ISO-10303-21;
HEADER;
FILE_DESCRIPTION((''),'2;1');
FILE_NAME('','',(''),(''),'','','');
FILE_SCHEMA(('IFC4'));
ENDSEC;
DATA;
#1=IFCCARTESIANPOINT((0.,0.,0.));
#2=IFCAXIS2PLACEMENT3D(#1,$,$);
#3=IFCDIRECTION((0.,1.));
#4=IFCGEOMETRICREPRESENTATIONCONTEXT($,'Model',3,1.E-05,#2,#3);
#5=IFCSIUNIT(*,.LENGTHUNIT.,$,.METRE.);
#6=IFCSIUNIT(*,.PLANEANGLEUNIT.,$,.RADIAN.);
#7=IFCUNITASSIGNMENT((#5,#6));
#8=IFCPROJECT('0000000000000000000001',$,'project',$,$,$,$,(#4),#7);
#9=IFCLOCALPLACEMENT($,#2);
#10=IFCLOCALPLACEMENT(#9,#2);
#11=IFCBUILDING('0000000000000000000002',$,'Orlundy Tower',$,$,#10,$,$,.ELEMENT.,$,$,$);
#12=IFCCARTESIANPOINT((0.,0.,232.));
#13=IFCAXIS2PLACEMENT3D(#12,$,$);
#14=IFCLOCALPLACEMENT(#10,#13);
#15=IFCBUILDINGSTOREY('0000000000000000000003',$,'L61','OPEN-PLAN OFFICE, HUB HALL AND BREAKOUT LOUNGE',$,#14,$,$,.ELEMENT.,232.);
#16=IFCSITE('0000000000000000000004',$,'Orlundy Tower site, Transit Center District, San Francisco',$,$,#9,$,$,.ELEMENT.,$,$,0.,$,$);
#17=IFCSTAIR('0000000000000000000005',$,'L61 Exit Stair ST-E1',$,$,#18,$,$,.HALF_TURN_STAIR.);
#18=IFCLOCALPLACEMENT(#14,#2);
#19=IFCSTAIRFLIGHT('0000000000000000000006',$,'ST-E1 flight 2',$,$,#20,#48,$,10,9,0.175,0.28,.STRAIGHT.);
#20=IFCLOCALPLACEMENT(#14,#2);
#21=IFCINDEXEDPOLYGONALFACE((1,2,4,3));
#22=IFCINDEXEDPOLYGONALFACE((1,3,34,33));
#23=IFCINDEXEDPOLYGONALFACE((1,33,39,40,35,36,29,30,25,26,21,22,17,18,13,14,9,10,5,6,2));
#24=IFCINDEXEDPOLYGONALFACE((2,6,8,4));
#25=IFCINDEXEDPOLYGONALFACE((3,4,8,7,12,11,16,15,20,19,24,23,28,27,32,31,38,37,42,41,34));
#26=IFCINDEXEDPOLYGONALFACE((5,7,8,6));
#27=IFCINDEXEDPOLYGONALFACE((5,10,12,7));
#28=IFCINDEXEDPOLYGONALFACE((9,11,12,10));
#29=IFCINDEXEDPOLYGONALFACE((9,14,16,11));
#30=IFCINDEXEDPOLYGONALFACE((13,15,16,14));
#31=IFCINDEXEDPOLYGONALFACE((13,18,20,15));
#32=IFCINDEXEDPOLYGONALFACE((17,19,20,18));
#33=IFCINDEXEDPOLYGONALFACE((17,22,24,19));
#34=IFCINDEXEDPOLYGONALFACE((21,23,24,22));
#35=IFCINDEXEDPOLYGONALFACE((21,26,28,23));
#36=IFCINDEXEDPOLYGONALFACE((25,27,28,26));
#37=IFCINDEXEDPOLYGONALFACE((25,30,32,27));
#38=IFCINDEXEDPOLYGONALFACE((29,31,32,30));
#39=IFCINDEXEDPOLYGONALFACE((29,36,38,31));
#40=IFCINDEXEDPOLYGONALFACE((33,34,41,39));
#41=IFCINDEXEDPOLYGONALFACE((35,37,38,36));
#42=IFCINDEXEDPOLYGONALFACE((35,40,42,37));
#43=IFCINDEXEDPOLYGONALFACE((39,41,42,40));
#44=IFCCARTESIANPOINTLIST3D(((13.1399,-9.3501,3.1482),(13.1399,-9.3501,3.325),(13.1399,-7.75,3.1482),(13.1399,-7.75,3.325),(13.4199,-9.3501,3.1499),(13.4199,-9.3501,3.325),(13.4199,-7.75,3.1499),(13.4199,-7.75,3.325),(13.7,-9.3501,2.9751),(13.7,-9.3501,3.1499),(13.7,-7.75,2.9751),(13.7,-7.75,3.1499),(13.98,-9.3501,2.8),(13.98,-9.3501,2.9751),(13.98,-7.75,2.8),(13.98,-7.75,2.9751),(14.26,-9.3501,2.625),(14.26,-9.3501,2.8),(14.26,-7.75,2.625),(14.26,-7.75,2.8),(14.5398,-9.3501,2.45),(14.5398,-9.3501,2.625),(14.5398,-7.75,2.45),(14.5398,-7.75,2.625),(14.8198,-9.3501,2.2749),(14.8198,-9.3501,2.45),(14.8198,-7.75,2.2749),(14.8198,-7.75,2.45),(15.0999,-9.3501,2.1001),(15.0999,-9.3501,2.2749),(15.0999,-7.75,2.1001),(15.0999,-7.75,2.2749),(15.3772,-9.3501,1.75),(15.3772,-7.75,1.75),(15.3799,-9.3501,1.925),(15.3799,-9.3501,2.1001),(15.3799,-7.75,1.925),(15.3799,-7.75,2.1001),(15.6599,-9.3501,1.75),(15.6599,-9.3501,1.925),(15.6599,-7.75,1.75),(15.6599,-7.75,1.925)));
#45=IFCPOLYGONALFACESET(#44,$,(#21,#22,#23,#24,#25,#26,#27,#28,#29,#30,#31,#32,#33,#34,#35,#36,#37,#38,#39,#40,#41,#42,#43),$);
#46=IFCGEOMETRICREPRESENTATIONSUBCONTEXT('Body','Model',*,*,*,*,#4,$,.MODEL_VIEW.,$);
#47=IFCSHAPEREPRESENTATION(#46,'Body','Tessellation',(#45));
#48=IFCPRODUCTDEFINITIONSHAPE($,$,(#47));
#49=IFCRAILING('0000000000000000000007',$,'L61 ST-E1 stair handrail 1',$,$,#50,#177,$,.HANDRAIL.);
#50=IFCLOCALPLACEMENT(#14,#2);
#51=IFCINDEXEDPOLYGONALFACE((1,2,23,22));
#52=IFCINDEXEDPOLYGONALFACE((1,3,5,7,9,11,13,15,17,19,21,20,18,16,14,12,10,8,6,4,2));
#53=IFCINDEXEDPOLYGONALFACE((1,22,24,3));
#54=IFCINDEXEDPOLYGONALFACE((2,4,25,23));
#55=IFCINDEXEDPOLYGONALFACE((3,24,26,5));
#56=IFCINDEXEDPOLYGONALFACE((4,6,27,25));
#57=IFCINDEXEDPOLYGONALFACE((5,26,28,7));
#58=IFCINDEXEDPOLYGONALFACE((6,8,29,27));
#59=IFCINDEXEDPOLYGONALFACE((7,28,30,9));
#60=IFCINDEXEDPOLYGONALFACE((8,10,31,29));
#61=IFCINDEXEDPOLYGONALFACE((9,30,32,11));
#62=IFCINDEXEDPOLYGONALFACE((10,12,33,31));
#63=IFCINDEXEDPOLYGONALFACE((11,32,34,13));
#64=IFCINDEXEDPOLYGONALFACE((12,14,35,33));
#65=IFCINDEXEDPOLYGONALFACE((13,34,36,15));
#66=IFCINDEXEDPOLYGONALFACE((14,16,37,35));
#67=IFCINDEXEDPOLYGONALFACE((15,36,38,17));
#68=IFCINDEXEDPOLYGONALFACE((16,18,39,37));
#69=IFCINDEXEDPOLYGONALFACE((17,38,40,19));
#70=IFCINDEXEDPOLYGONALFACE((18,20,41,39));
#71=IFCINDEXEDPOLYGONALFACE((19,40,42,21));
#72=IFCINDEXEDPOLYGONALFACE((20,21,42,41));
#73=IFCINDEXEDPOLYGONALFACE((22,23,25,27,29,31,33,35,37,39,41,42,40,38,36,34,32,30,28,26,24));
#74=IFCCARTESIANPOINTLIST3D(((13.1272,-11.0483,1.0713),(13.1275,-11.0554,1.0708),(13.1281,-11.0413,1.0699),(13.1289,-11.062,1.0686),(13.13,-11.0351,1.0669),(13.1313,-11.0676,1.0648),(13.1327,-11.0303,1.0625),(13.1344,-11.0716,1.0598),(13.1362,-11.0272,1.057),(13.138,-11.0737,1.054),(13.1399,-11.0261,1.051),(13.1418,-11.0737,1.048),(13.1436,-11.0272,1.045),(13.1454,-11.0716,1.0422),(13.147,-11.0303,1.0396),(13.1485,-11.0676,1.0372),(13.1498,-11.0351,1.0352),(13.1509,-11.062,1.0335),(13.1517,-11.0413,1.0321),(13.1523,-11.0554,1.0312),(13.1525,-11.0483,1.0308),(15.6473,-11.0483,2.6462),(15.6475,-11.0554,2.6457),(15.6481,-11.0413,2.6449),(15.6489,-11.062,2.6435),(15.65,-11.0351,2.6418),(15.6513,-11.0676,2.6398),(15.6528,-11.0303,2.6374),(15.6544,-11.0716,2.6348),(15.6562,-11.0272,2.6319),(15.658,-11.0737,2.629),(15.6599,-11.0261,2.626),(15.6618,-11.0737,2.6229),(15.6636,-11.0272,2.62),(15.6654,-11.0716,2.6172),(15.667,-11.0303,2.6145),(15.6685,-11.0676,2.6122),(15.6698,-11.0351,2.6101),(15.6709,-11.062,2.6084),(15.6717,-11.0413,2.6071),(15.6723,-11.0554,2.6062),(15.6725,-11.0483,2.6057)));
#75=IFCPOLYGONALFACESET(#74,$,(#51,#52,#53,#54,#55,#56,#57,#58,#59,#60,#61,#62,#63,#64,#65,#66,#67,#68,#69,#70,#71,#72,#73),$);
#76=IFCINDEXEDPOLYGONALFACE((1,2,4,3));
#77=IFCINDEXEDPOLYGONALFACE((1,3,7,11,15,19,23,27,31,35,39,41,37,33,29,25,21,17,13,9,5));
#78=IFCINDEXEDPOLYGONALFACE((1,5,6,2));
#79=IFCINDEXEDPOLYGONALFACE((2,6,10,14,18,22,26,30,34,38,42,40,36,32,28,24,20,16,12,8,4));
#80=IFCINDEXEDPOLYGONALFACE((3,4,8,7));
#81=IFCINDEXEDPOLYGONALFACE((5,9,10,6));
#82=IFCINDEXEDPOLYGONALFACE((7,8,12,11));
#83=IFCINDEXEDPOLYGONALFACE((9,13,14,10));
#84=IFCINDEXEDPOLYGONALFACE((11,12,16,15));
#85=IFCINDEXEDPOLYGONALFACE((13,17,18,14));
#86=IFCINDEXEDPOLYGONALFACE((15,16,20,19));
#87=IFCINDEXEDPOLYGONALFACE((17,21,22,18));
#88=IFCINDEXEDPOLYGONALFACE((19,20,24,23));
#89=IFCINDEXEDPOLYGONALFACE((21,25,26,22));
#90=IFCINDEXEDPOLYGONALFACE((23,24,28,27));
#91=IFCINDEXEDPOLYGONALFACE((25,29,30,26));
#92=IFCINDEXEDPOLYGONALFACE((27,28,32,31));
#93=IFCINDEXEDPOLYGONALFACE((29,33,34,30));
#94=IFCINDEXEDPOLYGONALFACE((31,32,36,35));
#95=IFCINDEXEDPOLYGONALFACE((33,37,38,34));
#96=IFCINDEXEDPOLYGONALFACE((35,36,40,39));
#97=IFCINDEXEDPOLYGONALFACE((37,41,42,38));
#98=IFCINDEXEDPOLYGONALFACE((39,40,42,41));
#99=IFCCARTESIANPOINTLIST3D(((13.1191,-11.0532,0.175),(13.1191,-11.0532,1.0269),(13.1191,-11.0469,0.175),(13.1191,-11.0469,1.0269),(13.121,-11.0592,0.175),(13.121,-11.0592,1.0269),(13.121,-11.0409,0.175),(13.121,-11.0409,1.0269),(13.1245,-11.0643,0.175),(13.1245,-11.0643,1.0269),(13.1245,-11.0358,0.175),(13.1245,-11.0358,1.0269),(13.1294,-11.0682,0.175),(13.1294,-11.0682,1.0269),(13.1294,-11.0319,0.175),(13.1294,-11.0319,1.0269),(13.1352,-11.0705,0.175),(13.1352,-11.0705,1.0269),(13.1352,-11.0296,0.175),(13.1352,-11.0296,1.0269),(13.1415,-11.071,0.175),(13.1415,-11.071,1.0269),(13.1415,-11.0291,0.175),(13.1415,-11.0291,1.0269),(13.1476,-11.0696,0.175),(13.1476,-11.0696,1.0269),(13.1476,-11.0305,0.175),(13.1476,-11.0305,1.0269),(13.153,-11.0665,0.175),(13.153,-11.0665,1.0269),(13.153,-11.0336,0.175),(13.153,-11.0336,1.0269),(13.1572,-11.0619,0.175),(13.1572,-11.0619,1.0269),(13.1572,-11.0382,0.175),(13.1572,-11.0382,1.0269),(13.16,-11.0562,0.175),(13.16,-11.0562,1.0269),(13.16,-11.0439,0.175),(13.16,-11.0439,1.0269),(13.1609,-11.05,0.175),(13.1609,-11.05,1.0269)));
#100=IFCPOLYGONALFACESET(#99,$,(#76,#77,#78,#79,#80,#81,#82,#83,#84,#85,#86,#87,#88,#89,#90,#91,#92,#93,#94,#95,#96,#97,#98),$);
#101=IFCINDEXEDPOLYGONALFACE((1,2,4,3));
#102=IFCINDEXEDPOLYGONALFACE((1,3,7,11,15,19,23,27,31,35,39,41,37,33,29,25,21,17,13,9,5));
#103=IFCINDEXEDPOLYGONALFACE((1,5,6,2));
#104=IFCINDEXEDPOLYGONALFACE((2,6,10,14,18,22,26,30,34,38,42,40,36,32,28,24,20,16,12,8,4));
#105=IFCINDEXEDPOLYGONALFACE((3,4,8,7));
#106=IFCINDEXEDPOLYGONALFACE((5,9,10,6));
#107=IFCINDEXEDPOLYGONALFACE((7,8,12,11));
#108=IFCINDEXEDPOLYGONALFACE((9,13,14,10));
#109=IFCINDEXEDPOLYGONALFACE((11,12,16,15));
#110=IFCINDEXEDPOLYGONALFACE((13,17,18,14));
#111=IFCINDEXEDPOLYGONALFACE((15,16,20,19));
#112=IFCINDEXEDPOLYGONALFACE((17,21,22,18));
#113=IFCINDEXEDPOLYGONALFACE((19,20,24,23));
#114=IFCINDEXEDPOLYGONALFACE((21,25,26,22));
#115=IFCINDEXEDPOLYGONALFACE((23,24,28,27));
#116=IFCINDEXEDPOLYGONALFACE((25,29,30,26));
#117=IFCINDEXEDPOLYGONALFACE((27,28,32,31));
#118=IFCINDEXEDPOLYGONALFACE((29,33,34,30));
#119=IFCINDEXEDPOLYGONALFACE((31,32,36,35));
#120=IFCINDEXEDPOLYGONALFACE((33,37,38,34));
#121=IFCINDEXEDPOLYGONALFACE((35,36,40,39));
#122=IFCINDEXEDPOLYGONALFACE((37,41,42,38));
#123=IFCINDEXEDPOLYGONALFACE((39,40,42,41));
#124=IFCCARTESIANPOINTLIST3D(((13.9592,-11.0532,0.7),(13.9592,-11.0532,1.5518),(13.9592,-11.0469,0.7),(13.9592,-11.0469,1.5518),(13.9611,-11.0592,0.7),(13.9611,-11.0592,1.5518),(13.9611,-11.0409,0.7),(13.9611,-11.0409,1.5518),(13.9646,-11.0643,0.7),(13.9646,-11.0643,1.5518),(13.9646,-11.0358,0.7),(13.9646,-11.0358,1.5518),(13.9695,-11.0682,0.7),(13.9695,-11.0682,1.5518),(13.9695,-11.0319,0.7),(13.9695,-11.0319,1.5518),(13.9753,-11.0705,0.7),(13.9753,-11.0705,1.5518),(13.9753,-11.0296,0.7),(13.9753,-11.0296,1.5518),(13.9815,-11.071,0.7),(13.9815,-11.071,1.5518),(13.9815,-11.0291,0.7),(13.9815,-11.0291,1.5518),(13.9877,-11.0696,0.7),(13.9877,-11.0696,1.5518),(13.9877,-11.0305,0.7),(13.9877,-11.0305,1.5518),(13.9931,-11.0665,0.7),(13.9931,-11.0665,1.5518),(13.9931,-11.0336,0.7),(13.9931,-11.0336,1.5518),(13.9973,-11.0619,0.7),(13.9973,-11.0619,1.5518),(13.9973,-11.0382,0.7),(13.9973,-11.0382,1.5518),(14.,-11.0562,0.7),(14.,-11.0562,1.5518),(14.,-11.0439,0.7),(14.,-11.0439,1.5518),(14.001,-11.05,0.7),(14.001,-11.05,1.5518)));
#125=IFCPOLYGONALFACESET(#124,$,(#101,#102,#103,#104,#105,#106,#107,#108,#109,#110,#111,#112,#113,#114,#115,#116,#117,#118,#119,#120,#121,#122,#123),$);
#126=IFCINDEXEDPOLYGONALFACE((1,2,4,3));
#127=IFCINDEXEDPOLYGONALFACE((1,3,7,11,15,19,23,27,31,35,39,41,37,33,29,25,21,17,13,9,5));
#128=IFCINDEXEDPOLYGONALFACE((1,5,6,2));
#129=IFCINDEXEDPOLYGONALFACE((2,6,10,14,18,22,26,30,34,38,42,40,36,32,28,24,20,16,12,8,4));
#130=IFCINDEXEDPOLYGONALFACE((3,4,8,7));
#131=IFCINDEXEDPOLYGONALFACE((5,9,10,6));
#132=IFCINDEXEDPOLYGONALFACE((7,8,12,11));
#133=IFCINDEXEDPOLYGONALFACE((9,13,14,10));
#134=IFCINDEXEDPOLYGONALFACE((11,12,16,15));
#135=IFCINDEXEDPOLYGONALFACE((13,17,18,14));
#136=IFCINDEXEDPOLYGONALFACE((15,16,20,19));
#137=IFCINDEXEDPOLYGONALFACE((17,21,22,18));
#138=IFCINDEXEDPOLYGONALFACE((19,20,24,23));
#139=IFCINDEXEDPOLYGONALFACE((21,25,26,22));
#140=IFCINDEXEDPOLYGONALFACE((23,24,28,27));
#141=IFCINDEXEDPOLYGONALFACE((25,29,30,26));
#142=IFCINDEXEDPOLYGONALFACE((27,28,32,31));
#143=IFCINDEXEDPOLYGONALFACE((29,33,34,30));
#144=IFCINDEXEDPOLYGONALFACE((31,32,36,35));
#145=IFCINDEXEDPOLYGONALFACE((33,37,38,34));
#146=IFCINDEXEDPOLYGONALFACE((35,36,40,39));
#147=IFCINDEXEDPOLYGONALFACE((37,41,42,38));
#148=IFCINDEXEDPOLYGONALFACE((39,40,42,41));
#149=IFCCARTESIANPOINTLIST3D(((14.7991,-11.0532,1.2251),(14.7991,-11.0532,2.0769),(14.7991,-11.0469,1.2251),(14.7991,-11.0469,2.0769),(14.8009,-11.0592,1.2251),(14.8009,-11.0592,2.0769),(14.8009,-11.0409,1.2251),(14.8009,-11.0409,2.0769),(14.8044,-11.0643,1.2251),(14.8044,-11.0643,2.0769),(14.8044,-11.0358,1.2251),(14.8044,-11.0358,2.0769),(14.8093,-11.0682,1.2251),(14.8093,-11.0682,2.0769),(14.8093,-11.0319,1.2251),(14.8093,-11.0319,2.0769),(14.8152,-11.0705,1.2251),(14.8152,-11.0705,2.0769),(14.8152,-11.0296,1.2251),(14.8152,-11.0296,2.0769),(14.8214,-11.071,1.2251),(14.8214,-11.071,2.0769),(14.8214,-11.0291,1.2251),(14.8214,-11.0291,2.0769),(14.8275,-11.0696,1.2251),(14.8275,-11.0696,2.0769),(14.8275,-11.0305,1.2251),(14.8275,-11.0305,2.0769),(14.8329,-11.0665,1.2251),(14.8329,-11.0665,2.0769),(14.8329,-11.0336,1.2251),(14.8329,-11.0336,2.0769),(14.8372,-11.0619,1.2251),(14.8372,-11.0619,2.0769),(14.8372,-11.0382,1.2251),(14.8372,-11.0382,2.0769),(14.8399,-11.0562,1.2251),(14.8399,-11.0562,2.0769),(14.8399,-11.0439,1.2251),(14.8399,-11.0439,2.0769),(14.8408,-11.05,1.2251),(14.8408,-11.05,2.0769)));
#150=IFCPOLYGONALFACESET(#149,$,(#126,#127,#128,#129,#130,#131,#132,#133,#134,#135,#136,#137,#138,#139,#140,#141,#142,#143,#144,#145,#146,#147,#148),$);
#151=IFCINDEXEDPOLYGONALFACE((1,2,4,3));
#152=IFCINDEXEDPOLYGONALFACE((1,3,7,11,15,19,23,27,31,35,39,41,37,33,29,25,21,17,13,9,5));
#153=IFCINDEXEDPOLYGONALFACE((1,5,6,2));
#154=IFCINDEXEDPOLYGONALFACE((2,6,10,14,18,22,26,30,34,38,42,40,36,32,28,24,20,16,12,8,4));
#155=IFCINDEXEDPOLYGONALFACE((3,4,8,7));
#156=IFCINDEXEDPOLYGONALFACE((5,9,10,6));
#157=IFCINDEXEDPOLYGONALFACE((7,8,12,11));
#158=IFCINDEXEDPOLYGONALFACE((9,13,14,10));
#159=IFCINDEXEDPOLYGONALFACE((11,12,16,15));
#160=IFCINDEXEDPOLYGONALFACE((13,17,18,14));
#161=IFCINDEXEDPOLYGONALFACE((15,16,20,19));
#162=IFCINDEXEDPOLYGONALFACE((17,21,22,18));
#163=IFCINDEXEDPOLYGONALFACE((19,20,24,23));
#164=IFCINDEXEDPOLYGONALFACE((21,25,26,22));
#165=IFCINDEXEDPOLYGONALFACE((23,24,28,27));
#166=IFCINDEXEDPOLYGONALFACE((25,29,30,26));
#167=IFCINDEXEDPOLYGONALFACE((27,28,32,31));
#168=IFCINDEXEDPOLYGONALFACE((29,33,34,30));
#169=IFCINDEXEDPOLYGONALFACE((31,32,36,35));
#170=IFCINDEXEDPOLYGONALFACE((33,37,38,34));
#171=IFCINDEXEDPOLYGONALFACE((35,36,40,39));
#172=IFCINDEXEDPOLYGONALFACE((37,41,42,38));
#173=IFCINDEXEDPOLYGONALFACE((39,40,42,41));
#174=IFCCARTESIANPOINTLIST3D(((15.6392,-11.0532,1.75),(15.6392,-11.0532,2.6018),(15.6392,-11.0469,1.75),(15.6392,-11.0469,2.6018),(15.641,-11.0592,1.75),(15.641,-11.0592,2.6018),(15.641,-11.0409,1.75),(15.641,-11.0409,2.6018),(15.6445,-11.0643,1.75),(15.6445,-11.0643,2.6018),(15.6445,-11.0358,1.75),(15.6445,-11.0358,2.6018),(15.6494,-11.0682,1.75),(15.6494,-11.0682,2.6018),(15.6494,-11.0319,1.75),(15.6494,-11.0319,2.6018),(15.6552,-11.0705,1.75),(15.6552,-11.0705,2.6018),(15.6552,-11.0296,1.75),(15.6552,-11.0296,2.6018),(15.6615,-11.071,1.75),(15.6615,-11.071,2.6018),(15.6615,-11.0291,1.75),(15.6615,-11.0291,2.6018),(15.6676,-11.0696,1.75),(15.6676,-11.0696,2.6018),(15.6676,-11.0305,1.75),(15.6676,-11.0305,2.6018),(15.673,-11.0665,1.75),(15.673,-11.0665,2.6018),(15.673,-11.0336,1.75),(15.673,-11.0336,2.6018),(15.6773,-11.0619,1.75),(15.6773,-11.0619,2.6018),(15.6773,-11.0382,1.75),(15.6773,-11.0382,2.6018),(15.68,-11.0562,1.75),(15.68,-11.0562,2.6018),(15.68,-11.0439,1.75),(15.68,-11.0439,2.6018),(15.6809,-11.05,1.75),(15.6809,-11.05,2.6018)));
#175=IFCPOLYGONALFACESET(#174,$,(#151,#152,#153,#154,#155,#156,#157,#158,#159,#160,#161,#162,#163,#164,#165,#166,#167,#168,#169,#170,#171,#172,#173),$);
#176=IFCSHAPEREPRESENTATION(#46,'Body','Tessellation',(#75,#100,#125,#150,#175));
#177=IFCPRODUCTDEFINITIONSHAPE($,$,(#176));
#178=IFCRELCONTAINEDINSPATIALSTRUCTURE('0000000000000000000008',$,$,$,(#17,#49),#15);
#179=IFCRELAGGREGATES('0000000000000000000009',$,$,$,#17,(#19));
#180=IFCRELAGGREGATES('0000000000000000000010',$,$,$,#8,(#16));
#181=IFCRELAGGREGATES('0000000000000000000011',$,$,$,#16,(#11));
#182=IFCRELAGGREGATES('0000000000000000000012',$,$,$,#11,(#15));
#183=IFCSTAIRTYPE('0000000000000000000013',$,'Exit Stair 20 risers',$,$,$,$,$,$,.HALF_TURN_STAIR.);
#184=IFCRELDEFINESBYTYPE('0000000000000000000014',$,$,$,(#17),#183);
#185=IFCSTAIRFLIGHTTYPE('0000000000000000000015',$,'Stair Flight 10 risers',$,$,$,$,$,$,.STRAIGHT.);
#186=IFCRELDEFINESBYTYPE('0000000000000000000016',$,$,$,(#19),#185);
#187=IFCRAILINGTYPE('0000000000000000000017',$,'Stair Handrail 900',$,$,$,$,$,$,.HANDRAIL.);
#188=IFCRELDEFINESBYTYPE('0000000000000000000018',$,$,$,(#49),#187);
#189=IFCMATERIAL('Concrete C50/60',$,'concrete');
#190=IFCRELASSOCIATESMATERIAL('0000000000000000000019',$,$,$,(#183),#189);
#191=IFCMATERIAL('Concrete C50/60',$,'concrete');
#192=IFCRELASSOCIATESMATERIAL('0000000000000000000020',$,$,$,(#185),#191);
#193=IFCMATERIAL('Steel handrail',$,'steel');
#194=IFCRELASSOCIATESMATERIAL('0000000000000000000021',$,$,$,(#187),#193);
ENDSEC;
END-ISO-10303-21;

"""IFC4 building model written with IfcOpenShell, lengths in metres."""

from ifc_helpers import new_model, si_unit, direction, frame, origin, origin_2d, place, context, subcontext, project, spatial, polyline, circle, outline, extrude, material, type_object, element, aggregate, save


model = new_model("IFC4")

# Units and contexts
model_context = context("Model", 3, precision=1e-05, world=origin(), true_north=direction((0.0, 1.0)))
body_context = subcontext(model_context, "Body", "Model", "MODEL_VIEW")
ifc_project = project(units=[si_unit("LENGTHUNIT", "METRE"), si_unit("PLANEANGLEUNIT", "RADIAN")], contexts=[model_context])

# Site, building, storey
site_placement = place(None, origin())
site = spatial("IfcSite", under=ifc_project, at=site_placement, Name="Orlundy Tower site, Transit Center District, San Francisco", CompositionType="ELEMENT", RefElevation=0.0)
building_placement = place(site_placement, origin())
building = spatial("IfcBuilding", under=site, at=building_placement, Name="Orlundy Tower", CompositionType="ELEMENT")
storey_placement = place(building_placement, frame((0.0, 0.0, 232.0)))
storey = spatial("IfcBuildingStorey", under=building, at=storey_placement, Name="L61", Description="OPEN-PLAN OFFICE, HUB HALL AND BREAKOUT LOUNGE", CompositionType="ELEMENT", Elevation=232.0)

# Stair, stair flight
ifc_material_1 = material(Name="Concrete C50/60", Category="concrete")
stair_type = type_object("IfcStairType", Name="Exit Stair 20 risers", PredefinedType="HALF_TURN_STAIR", material=ifc_material_1)
stair_placement = place(storey_placement, origin())
stair = element("IfcStair", 1, at=stair_placement, inside=storey, type_object=stair_type, Name="L61 Exit Stair ST-E1", PredefinedType="HALF_TURN_STAIR")
ifc_material_2 = material(Name="Concrete C50/60", Category="concrete")
stair_flight_type = type_object("IfcStairFlightType", Name="Stair Flight 10 risers", PredefinedType="STRAIGHT", material=ifc_material_2)
stair_flight_1_placement = place(storey_placement, frame((15.6599, -8.55, 1.75), z_axis=(0.0, 0.0, 1.0), x_axis=(-1.0, 0.0, 0.0)))
stair_flight_1 = element("IfcStairFlight", 2, at=stair_flight_1_placement, type_object=stair_flight_type, Name="ST-E1 flight 2", NumberOfRisers=10, NumberOfTreads=9, PredefinedType="STRAIGHT", RiserHeight=0.175, TreadLength=0.28, context=body_context, shape_type="SweptSolid", body=[
    extrude(outline(polyline([(0.0, 0.0), (0.0, 0.175), (0.28, 0.175), (0.28, 0.3501), (0.5601, 0.3501), (0.5601, 0.5249), (0.8401, 0.5249), (0.8401, 0.7), (1.1201, 0.7), (1.1201, 0.875), (1.3999, 0.875), (1.3999, 1.05), (1.6799, 1.05), (1.6799, 1.2251), (1.96, 1.2251), (1.96, 1.3999), (2.24, 1.3999), (2.24, 1.575), (2.52, 1.575), (2.52, 1.75), (2.52, 1.3982), (0.2827, 0.0), (0.0, 0.0)])), frame((0.0, 0.8, 0.0), z_axis=(0.0, -1.0, 0.0), x_axis=(1.0, 0.0, 0.0)), (0.0, 0.0, 1.0), 1.6001),
])
aggregate(stair, [stair_flight_1])

# Railing
ifc_material_3 = material(Name="Steel handrail", Category="steel")
railing_type_1 = type_object("IfcRailingType", Name="Stair Handrail 900", PredefinedType="HANDRAIL", material=ifc_material_3)
railing_1_placement = place(storey_placement, frame((13.1399, -11.05, 0.175)))
element("IfcRailing", 3, at=railing_1_placement, inside=storey, type_object=railing_type_1, Name="L61 ST-E1 stair handrail 1", PredefinedType="HANDRAIL", context=body_context, shape_type="SweptSolid", body=[
    extrude(circle(Radius=0.0239, at=origin_2d()), frame((0.0, 0.0, 0.876), z_axis=(0.848008, 0.0, 0.529984), x_axis=(0.0, 1.0, 0.0)), (0.0, 0.0, 1.0), 2.9717),
    extrude(circle(Radius=0.021, at=origin_2d()), origin(), (0.0, 0.0, 1.0), 0.8518),
    extrude(circle(Radius=0.021, at=origin_2d()), frame((0.8401, 0.0, 0.5249)), (0.0, 0.0, 1.0), 0.8518),
    extrude(circle(Radius=0.021, at=origin_2d()), frame((1.6799, 0.0, 1.05)), (0.0, 0.0, 1.0), 0.8518),
    extrude(circle(Radius=0.021, at=origin_2d()), frame((2.52, 0.0, 1.575)), (0.0, 0.0, 1.0), 0.8518),
])

save(model, "model.ifc")
